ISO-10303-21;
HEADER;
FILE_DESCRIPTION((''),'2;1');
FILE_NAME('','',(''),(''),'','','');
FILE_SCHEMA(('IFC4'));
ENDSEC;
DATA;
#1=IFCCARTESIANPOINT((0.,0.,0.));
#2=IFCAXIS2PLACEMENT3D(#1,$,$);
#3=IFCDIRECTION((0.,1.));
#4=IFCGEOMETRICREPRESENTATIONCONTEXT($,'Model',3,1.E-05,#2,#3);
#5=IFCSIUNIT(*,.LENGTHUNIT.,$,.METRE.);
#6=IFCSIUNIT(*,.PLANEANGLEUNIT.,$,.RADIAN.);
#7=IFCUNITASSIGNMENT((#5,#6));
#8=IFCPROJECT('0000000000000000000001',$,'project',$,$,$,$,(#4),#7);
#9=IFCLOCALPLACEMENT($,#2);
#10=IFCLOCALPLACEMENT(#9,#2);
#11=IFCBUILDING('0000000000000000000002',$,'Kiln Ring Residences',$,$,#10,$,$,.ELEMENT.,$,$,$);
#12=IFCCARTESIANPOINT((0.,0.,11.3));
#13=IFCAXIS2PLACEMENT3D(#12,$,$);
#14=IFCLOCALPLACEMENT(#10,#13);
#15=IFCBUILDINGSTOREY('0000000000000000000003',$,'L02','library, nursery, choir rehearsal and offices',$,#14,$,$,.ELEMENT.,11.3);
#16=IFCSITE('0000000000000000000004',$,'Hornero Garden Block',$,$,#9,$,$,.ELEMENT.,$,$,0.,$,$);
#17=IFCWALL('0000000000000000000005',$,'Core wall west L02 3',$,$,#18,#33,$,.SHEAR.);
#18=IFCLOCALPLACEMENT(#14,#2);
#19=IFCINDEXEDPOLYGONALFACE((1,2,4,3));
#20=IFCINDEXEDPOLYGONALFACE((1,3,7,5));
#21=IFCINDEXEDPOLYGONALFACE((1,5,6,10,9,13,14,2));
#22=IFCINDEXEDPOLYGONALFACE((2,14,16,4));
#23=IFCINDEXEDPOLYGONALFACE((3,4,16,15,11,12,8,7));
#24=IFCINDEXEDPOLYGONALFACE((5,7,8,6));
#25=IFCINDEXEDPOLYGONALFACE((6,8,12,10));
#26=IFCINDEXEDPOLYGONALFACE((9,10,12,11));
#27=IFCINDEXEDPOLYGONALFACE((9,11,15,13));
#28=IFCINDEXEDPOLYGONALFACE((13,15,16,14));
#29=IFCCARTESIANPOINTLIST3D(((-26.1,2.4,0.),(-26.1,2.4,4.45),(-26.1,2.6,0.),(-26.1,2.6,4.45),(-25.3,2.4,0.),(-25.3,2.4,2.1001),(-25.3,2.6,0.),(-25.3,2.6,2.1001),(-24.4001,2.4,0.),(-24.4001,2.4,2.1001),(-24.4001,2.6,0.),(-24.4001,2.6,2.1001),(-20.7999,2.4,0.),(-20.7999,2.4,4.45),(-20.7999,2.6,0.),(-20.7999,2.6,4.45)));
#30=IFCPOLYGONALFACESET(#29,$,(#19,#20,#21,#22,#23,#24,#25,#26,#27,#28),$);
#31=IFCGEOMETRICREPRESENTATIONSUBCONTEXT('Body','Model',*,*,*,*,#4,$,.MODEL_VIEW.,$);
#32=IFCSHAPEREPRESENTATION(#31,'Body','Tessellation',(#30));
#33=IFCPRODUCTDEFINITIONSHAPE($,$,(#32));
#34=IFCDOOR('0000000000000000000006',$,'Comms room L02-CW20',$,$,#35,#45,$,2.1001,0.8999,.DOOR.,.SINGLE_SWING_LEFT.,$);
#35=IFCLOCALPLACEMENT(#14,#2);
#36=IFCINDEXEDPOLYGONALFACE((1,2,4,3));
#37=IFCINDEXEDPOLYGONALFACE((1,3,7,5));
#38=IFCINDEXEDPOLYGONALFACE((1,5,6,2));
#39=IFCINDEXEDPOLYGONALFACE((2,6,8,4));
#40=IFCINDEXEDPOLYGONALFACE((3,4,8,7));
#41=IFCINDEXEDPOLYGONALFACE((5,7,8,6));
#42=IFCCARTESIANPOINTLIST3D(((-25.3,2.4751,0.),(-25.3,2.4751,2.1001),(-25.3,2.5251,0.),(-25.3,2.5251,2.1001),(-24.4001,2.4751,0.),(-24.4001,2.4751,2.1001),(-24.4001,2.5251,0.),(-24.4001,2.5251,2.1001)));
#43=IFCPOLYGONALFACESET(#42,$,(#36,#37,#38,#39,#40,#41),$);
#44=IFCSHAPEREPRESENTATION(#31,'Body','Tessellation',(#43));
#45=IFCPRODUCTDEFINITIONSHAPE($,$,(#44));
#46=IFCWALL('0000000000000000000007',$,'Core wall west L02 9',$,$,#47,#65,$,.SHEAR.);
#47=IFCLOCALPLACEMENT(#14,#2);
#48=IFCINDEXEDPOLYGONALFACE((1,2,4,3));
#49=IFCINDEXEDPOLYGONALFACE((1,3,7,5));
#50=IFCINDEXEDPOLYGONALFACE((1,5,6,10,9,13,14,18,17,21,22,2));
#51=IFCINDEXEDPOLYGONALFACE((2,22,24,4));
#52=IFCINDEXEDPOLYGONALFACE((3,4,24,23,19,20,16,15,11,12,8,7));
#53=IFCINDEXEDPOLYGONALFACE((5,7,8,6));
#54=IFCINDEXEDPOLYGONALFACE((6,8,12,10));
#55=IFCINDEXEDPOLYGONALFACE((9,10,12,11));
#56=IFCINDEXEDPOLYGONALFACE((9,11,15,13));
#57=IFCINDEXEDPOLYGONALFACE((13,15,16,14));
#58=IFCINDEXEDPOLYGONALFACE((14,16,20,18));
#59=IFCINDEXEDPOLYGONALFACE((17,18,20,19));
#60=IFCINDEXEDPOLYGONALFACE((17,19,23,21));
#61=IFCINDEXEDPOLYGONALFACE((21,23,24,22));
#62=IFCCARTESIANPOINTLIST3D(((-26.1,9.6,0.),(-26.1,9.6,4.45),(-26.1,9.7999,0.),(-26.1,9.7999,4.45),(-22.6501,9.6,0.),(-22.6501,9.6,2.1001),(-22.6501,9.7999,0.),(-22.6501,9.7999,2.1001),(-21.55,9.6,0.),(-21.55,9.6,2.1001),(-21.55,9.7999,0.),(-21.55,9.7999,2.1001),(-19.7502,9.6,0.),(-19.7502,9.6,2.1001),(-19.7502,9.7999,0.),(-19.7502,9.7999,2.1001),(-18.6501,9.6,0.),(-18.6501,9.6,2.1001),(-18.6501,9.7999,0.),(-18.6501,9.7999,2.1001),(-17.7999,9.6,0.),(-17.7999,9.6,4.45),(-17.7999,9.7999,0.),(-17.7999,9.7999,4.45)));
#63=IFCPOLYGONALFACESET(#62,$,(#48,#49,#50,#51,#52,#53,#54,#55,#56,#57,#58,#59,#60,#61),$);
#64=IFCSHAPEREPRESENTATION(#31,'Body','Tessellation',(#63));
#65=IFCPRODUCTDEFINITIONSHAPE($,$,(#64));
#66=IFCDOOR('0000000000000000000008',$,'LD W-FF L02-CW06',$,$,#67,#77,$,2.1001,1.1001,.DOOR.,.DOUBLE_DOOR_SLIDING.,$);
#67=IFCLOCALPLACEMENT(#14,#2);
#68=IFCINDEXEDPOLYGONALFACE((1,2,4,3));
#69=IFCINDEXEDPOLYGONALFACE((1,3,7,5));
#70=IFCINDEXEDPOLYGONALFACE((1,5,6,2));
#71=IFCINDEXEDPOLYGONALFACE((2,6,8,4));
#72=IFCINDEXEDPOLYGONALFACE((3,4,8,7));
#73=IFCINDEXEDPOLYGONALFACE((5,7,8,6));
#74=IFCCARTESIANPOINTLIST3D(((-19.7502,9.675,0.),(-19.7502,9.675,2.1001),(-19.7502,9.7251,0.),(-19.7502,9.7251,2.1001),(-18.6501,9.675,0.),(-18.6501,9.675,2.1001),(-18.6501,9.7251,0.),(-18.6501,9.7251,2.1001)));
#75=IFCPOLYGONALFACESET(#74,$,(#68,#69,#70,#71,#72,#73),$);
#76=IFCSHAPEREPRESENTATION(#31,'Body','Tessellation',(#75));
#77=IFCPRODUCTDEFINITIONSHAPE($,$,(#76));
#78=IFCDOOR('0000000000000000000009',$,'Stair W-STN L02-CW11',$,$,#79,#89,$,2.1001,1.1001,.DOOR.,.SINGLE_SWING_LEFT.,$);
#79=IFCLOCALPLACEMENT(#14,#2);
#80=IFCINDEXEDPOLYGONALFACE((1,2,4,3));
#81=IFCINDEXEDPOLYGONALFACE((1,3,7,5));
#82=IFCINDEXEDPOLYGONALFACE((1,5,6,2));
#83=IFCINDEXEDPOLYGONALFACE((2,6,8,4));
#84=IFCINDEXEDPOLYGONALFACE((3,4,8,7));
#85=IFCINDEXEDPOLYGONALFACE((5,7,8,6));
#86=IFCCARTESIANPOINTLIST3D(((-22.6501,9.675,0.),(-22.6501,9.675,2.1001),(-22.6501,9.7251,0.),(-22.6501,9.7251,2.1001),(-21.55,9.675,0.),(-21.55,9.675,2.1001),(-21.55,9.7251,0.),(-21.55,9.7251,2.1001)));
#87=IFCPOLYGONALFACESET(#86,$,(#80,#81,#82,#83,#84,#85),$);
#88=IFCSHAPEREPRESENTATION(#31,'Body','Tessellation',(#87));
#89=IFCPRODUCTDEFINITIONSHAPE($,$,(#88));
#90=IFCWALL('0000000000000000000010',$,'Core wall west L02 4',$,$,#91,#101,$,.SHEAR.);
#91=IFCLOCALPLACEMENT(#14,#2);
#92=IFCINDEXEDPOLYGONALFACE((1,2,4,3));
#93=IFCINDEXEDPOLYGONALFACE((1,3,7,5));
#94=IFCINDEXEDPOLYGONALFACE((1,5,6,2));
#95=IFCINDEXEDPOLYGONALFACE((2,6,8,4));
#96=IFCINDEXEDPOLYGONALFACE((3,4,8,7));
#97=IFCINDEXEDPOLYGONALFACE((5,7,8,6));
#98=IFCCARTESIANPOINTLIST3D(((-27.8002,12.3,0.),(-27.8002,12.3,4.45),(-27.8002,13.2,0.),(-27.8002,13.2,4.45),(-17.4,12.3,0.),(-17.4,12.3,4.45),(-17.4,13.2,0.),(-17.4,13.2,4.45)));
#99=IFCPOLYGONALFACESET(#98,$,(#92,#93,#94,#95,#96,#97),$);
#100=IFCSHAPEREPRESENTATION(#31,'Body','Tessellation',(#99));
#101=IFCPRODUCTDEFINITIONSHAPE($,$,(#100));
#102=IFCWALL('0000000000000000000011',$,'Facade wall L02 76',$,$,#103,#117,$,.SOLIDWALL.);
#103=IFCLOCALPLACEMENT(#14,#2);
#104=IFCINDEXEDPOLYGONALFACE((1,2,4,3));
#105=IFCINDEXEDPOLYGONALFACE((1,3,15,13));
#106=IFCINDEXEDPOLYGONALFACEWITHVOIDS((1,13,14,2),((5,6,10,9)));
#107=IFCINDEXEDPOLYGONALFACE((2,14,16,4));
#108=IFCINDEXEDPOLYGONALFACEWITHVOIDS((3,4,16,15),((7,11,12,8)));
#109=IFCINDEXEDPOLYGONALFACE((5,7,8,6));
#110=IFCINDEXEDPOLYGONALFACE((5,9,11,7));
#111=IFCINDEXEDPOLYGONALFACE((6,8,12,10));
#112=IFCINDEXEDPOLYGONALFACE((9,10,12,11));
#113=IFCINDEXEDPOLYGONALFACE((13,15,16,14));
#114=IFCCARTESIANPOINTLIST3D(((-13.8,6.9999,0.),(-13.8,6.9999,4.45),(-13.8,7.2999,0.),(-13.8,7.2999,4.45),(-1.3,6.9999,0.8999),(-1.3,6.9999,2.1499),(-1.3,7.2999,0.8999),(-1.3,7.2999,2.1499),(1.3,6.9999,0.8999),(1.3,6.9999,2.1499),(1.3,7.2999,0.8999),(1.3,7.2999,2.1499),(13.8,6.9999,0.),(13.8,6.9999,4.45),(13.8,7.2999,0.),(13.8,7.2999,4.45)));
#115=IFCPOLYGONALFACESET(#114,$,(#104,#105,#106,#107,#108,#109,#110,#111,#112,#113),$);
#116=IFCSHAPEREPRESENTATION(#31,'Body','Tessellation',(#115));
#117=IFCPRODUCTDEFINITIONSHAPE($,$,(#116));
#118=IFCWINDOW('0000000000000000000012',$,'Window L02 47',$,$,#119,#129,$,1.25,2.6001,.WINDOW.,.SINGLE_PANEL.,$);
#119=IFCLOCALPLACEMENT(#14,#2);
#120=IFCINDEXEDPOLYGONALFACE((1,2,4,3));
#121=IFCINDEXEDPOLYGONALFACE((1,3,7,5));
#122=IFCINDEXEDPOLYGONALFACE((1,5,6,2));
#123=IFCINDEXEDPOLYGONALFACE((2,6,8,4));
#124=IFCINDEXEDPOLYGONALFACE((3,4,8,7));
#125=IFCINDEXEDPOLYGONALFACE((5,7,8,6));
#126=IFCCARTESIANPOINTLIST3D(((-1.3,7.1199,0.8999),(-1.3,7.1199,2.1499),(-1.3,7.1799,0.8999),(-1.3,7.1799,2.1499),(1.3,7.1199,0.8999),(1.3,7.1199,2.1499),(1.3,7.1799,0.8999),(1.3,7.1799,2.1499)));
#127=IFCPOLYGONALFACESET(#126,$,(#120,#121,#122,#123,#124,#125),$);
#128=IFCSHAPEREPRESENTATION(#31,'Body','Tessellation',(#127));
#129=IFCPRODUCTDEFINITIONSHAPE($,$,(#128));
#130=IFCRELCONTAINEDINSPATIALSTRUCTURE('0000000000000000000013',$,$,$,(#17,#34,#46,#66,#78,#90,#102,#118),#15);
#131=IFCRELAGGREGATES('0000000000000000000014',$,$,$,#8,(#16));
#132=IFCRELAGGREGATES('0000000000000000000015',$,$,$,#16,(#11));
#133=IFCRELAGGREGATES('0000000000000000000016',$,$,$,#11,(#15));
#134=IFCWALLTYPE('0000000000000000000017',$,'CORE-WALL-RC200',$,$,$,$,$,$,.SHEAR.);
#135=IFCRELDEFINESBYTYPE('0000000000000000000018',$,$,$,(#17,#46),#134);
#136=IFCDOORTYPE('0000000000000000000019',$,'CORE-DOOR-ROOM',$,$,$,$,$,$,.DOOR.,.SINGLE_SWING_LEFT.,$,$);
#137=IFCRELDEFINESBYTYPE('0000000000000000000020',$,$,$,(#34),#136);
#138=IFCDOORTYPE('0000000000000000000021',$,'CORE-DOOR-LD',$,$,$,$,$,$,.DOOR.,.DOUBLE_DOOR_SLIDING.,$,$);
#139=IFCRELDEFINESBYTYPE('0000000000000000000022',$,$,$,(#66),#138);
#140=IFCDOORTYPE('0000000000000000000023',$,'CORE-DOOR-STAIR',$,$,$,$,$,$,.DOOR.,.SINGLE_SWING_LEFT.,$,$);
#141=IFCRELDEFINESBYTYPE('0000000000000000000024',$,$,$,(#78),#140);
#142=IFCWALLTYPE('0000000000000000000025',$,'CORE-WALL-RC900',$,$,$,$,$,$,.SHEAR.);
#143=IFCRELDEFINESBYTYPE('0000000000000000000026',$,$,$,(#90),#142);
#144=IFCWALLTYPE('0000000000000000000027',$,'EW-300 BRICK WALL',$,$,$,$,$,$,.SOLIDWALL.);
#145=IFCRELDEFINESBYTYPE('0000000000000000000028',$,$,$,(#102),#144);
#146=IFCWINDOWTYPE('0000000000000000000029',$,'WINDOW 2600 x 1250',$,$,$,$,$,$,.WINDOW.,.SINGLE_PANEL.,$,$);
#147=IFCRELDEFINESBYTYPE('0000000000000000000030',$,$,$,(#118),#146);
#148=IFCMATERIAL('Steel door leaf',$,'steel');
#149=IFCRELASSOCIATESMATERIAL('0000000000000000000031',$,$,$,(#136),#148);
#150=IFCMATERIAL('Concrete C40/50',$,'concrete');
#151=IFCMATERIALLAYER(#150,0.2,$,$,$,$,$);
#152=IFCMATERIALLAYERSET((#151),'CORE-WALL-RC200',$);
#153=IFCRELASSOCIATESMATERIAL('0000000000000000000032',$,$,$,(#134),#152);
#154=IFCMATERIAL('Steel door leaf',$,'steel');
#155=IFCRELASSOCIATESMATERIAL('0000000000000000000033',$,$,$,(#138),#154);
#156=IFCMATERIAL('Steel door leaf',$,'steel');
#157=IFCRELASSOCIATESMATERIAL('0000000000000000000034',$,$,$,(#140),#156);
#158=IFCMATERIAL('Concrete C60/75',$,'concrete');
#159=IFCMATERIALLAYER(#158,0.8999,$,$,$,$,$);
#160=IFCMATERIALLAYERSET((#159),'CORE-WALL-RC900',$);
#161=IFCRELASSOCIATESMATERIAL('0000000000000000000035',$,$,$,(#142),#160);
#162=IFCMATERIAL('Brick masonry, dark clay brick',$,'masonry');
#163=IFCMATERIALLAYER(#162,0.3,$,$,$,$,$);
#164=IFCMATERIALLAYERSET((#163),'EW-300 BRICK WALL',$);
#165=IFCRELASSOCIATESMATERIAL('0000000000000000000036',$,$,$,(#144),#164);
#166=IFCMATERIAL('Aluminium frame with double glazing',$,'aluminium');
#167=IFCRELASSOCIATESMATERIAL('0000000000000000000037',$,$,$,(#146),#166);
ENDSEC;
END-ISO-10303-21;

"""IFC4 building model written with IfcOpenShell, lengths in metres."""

from ifc_helpers import new_model, si_unit, direction, frame, frame_2d, origin, place, context, subcontext, project, spatial, rectangle, extrude, material, layer, layer_set, type_object, element, fill, save


model = new_model("IFC4")

# Units and contexts
model_context = context("Model", 3, precision=1e-05, world=origin(), true_north=direction((0.0, 1.0)))
body_context = subcontext(model_context, "Body", "Model", "MODEL_VIEW")
ifc_project = project(units=[si_unit("LENGTHUNIT", "METRE"), si_unit("PLANEANGLEUNIT", "RADIAN")], contexts=[model_context])

# Site, building, storey
site_placement = place(None, origin())
site = spatial("IfcSite", under=ifc_project, at=site_placement, Name="Hornero Garden Block", CompositionType="ELEMENT", RefElevation=0.0)
building_placement = place(site_placement, origin())
building = spatial("IfcBuilding", under=site, at=building_placement, Name="Kiln Ring Residences", CompositionType="ELEMENT")
storey_placement = place(building_placement, frame((0.0, 0.0, 11.3)))
storey = spatial("IfcBuildingStorey", under=building, at=storey_placement, Name="L02", Description="library, nursery, choir rehearsal and offices", CompositionType="ELEMENT", Elevation=11.3)

# Shared definitions
ifc_material_1 = material(Name="Steel door leaf", Category="steel")
door_type_1 = type_object("IfcDoorType", Name="CORE-DOOR-ROOM", OperationType="SINGLE_SWING_LEFT", PredefinedType="DOOR", material=ifc_material_1)

# Shared definitions
ifc_material_2 = material(Name="Concrete C40/50", Category="concrete")
ifc_layer_1 = layer(ifc_material_2, 0.2)
ifc_layer_set_1 = layer_set([ifc_layer_1], Name="CORE-WALL-RC200")
wall_type_1 = type_object("IfcWallType", Name="CORE-WALL-RC200", PredefinedType="SHEAR", material=ifc_layer_set_1)

# Wall, opening, door
wall_1_placement = place(storey_placement, frame((-20.8, 2.5, 0.0), z_axis=(0.0, 0.0, 1.0), x_axis=(-1.0, 0.0, 0.0)))
wall_1 = element("IfcWall", 1, at=wall_1_placement, inside=storey, type_object=wall_type_1, Name="Core wall west L02 3", PredefinedType="SHEAR", context=body_context, shape_type="SweptSolid", body=[
    extrude(rectangle(XDim=5.3, YDim=0.2, at=frame_2d((2.6499, 0.0))), origin(), (0.0, 0.0, 1.0), 4.45),
])
opening_1_placement = place(wall_1_placement, frame((3.6001, 0.0, 0.0)))
opening_1 = element("IfcOpeningElement", 2, at=opening_1_placement, cuts=wall_1, PredefinedType="OPENING", context=body_context, shape_type="SweptSolid", body=[
    extrude(rectangle(XDim=0.8999, YDim=2.1001, at=frame_2d((0.45, 1.05))), frame((0.0, 0.1099, 0.0), z_axis=(0.0, -1.0, 0.0), x_axis=(1.0, 0.0, 0.0)), (0.0, 0.0, 1.0), 0.22),
])
door_1_placement = place(opening_1_placement, origin())
door_1 = element("IfcDoor", 3, at=door_1_placement, inside=storey, type_object=door_type_1, Name="Comms room L02-CW20", OperationType="SINGLE_SWING_LEFT", OverallHeight=2.1001, OverallWidth=0.8999, PredefinedType="DOOR", context=body_context, shape_type="SweptSolid", body=[
    extrude(rectangle(XDim=0.8999, YDim=2.1001, at=frame_2d((0.45, 1.05))), frame((0.0, 0.0249, 0.0), z_axis=(0.0, -1.0, 0.0), x_axis=(1.0, 0.0, 0.0)), (0.0, 0.0, 1.0), 0.05),
])
fill(opening_1, door_1)

# Wall, openings, doors
wall_2_placement = place(storey_placement, frame((-17.8, 9.7, 0.0), z_axis=(0.0, 0.0, 1.0), x_axis=(-1.0, 0.0, 0.0)))
wall_2 = element("IfcWall", 4, at=wall_2_placement, inside=storey, type_object=wall_type_1, Name="Core wall west L02 9", PredefinedType="SHEAR", context=body_context, shape_type="SweptSolid", body=[
    extrude(rectangle(XDim=8.3, YDim=0.2, at=frame_2d((4.1499, 0.0))), origin(), (0.0, 0.0, 1.0), 4.45),
])
opening_2_placement = place(wall_2_placement, frame((0.8501, 0.0, 0.0)))
opening_2 = element("IfcOpeningElement", 5, at=opening_2_placement, cuts=wall_2, PredefinedType="OPENING", context=body_context, shape_type="SweptSolid", body=[
    extrude(rectangle(XDim=1.1001, YDim=2.1001, at=frame_2d((0.55, 1.05))), frame((0.0, 0.1099, 0.0), z_axis=(0.0, -1.0, 0.0), x_axis=(1.0, 0.0, 0.0)), (0.0, 0.0, 1.0), 0.22),
])
opening_3_placement = place(wall_2_placement, frame((3.75, 0.0, 0.0)))
opening_3 = element("IfcOpeningElement", 6, at=opening_3_placement, cuts=wall_2, PredefinedType="OPENING", context=body_context, shape_type="SweptSolid", body=[
    extrude(rectangle(XDim=1.1001, YDim=2.1001, at=frame_2d((0.55, 1.05))), frame((0.0, 0.1099, 0.0), z_axis=(0.0, -1.0, 0.0), x_axis=(1.0, 0.0, 0.0)), (0.0, 0.0, 1.0), 0.22),
])
ifc_material_3 = material(Name="Steel door leaf", Category="steel")
door_type_2 = type_object("IfcDoorType", Name="CORE-DOOR-LD", OperationType="DOUBLE_DOOR_SLIDING", PredefinedType="DOOR", material=ifc_material_3)
door_2_placement = place(opening_2_placement, origin())
door_2 = element("IfcDoor", 7, at=door_2_placement, inside=storey, type_object=door_type_2, Name="LD W-FF L02-CW06", OperationType="DOUBLE_DOOR_SLIDING", OverallHeight=2.1001, OverallWidth=1.1001, PredefinedType="DOOR", context=body_context, shape_type="SweptSolid", body=[
    extrude(rectangle(XDim=1.1001, YDim=2.1001, at=frame_2d((0.55, 1.05))), frame((0.0, 0.0249, 0.0), z_axis=(0.0, -1.0, 0.0), x_axis=(1.0, 0.0, 0.0)), (0.0, 0.0, 1.0), 0.05),
])
fill(opening_2, door_2)
ifc_material_4 = material(Name="Steel door leaf", Category="steel")
door_type_3 = type_object("IfcDoorType", Name="CORE-DOOR-STAIR", OperationType="SINGLE_SWING_LEFT", PredefinedType="DOOR", material=ifc_material_4)
door_3_placement = place(opening_3_placement, origin())
door_3 = element("IfcDoor", 8, at=door_3_placement, inside=storey, type_object=door_type_3, Name="Stair W-STN L02-CW11", OperationType="SINGLE_SWING_LEFT", OverallHeight=2.1001, OverallWidth=1.1001, PredefinedType="DOOR", context=body_context, shape_type="SweptSolid", body=[
    extrude(rectangle(XDim=1.1001, YDim=2.1001, at=frame_2d((0.55, 1.05))), frame((0.0, 0.0249, 0.0), z_axis=(0.0, -1.0, 0.0), x_axis=(1.0, 0.0, 0.0)), (0.0, 0.0, 1.0), 0.05),
])
fill(opening_3, door_3)

# Wall
ifc_material_5 = material(Name="Concrete C60/75", Category="concrete")
ifc_layer_2 = layer(ifc_material_5, 0.8999)
ifc_layer_set_2 = layer_set([ifc_layer_2], Name="CORE-WALL-RC900")
wall_type_2 = type_object("IfcWallType", Name="CORE-WALL-RC900", PredefinedType="SHEAR", material=ifc_layer_set_2)
wall_3_placement = place(storey_placement, frame((-17.3999, 12.75, 0.0), z_axis=(0.0, 0.0, 1.0), x_axis=(-1.0, 0.0, 0.0)))
element("IfcWall", 9, at=wall_3_placement, inside=storey, type_object=wall_type_2, Name="Core wall west L02 4", PredefinedType="SHEAR", context=body_context, shape_type="SweptSolid", body=[
    extrude(rectangle(XDim=10.4001, YDim=0.8999, at=frame_2d((5.2002, 0.0))), origin(), (0.0, 0.0, 1.0), 4.45),
])

# Wall, opening, window
ifc_material_6 = material(Name="Brick masonry, dark clay brick", Category="masonry")
ifc_layer_3 = layer(ifc_material_6, 0.3)
ifc_layer_set_3 = layer_set([ifc_layer_3], Name="EW-300 BRICK WALL")
wall_type_3 = type_object("IfcWallType", Name="EW-300 BRICK WALL", PredefinedType="SOLIDWALL", material=ifc_layer_set_3)
wall_4_placement = place(storey_placement, frame((-13.8, 7.1499, 0.0), z_axis=(0.0, 0.0, 1.0), x_axis=(1.0, 0.0, 0.0)))
wall_4 = element("IfcWall", 10, at=wall_4_placement, inside=storey, type_object=wall_type_3, Name="Facade wall L02 76", PredefinedType="SOLIDWALL", context=body_context, shape_type="SweptSolid", body=[
    extrude(rectangle(XDim=27.6001, YDim=0.3, at=frame_2d((13.8, 0.0))), origin(), (0.0, 0.0, 1.0), 4.45),
])
opening_4_placement = place(wall_4_placement, frame((12.5, 0.0, 0.8999)))
opening_4 = element("IfcOpeningElement", 11, at=opening_4_placement, cuts=wall_4, PredefinedType="OPENING", context=body_context, shape_type="SweptSolid", body=[
    extrude(rectangle(XDim=2.6001, YDim=1.25, at=frame_2d((1.3, 0.625))), frame((0.0, 0.1599, 0.0), z_axis=(0.0, -1.0, 0.0), x_axis=(1.0, 0.0, 0.0)), (0.0, 0.0, 1.0), 0.3201),
])
ifc_material_7 = material(Name="Aluminium frame with double glazing", Category="aluminium")
window_type = type_object("IfcWindowType", Name="WINDOW 2600 x 1250", PartitioningType="SINGLE_PANEL", PredefinedType="WINDOW", material=ifc_material_7)
window_placement = place(opening_4_placement, origin())
window = element("IfcWindow", 12, at=window_placement, inside=storey, type_object=window_type, Name="Window L02 47", OverallHeight=1.25, OverallWidth=2.6001, PartitioningType="SINGLE_PANEL", PredefinedType="WINDOW", context=body_context, shape_type="SweptSolid", body=[
    extrude(rectangle(XDim=2.6001, YDim=1.25, at=frame_2d((1.3, 0.625))), frame((0.0, 0.03, 0.0), z_axis=(0.0, -1.0, 0.0), x_axis=(1.0, 0.0, 0.0)), (0.0, 0.0, 1.0), 0.0601),
])
fill(opening_4, window)

save(model, "model.ifc")
